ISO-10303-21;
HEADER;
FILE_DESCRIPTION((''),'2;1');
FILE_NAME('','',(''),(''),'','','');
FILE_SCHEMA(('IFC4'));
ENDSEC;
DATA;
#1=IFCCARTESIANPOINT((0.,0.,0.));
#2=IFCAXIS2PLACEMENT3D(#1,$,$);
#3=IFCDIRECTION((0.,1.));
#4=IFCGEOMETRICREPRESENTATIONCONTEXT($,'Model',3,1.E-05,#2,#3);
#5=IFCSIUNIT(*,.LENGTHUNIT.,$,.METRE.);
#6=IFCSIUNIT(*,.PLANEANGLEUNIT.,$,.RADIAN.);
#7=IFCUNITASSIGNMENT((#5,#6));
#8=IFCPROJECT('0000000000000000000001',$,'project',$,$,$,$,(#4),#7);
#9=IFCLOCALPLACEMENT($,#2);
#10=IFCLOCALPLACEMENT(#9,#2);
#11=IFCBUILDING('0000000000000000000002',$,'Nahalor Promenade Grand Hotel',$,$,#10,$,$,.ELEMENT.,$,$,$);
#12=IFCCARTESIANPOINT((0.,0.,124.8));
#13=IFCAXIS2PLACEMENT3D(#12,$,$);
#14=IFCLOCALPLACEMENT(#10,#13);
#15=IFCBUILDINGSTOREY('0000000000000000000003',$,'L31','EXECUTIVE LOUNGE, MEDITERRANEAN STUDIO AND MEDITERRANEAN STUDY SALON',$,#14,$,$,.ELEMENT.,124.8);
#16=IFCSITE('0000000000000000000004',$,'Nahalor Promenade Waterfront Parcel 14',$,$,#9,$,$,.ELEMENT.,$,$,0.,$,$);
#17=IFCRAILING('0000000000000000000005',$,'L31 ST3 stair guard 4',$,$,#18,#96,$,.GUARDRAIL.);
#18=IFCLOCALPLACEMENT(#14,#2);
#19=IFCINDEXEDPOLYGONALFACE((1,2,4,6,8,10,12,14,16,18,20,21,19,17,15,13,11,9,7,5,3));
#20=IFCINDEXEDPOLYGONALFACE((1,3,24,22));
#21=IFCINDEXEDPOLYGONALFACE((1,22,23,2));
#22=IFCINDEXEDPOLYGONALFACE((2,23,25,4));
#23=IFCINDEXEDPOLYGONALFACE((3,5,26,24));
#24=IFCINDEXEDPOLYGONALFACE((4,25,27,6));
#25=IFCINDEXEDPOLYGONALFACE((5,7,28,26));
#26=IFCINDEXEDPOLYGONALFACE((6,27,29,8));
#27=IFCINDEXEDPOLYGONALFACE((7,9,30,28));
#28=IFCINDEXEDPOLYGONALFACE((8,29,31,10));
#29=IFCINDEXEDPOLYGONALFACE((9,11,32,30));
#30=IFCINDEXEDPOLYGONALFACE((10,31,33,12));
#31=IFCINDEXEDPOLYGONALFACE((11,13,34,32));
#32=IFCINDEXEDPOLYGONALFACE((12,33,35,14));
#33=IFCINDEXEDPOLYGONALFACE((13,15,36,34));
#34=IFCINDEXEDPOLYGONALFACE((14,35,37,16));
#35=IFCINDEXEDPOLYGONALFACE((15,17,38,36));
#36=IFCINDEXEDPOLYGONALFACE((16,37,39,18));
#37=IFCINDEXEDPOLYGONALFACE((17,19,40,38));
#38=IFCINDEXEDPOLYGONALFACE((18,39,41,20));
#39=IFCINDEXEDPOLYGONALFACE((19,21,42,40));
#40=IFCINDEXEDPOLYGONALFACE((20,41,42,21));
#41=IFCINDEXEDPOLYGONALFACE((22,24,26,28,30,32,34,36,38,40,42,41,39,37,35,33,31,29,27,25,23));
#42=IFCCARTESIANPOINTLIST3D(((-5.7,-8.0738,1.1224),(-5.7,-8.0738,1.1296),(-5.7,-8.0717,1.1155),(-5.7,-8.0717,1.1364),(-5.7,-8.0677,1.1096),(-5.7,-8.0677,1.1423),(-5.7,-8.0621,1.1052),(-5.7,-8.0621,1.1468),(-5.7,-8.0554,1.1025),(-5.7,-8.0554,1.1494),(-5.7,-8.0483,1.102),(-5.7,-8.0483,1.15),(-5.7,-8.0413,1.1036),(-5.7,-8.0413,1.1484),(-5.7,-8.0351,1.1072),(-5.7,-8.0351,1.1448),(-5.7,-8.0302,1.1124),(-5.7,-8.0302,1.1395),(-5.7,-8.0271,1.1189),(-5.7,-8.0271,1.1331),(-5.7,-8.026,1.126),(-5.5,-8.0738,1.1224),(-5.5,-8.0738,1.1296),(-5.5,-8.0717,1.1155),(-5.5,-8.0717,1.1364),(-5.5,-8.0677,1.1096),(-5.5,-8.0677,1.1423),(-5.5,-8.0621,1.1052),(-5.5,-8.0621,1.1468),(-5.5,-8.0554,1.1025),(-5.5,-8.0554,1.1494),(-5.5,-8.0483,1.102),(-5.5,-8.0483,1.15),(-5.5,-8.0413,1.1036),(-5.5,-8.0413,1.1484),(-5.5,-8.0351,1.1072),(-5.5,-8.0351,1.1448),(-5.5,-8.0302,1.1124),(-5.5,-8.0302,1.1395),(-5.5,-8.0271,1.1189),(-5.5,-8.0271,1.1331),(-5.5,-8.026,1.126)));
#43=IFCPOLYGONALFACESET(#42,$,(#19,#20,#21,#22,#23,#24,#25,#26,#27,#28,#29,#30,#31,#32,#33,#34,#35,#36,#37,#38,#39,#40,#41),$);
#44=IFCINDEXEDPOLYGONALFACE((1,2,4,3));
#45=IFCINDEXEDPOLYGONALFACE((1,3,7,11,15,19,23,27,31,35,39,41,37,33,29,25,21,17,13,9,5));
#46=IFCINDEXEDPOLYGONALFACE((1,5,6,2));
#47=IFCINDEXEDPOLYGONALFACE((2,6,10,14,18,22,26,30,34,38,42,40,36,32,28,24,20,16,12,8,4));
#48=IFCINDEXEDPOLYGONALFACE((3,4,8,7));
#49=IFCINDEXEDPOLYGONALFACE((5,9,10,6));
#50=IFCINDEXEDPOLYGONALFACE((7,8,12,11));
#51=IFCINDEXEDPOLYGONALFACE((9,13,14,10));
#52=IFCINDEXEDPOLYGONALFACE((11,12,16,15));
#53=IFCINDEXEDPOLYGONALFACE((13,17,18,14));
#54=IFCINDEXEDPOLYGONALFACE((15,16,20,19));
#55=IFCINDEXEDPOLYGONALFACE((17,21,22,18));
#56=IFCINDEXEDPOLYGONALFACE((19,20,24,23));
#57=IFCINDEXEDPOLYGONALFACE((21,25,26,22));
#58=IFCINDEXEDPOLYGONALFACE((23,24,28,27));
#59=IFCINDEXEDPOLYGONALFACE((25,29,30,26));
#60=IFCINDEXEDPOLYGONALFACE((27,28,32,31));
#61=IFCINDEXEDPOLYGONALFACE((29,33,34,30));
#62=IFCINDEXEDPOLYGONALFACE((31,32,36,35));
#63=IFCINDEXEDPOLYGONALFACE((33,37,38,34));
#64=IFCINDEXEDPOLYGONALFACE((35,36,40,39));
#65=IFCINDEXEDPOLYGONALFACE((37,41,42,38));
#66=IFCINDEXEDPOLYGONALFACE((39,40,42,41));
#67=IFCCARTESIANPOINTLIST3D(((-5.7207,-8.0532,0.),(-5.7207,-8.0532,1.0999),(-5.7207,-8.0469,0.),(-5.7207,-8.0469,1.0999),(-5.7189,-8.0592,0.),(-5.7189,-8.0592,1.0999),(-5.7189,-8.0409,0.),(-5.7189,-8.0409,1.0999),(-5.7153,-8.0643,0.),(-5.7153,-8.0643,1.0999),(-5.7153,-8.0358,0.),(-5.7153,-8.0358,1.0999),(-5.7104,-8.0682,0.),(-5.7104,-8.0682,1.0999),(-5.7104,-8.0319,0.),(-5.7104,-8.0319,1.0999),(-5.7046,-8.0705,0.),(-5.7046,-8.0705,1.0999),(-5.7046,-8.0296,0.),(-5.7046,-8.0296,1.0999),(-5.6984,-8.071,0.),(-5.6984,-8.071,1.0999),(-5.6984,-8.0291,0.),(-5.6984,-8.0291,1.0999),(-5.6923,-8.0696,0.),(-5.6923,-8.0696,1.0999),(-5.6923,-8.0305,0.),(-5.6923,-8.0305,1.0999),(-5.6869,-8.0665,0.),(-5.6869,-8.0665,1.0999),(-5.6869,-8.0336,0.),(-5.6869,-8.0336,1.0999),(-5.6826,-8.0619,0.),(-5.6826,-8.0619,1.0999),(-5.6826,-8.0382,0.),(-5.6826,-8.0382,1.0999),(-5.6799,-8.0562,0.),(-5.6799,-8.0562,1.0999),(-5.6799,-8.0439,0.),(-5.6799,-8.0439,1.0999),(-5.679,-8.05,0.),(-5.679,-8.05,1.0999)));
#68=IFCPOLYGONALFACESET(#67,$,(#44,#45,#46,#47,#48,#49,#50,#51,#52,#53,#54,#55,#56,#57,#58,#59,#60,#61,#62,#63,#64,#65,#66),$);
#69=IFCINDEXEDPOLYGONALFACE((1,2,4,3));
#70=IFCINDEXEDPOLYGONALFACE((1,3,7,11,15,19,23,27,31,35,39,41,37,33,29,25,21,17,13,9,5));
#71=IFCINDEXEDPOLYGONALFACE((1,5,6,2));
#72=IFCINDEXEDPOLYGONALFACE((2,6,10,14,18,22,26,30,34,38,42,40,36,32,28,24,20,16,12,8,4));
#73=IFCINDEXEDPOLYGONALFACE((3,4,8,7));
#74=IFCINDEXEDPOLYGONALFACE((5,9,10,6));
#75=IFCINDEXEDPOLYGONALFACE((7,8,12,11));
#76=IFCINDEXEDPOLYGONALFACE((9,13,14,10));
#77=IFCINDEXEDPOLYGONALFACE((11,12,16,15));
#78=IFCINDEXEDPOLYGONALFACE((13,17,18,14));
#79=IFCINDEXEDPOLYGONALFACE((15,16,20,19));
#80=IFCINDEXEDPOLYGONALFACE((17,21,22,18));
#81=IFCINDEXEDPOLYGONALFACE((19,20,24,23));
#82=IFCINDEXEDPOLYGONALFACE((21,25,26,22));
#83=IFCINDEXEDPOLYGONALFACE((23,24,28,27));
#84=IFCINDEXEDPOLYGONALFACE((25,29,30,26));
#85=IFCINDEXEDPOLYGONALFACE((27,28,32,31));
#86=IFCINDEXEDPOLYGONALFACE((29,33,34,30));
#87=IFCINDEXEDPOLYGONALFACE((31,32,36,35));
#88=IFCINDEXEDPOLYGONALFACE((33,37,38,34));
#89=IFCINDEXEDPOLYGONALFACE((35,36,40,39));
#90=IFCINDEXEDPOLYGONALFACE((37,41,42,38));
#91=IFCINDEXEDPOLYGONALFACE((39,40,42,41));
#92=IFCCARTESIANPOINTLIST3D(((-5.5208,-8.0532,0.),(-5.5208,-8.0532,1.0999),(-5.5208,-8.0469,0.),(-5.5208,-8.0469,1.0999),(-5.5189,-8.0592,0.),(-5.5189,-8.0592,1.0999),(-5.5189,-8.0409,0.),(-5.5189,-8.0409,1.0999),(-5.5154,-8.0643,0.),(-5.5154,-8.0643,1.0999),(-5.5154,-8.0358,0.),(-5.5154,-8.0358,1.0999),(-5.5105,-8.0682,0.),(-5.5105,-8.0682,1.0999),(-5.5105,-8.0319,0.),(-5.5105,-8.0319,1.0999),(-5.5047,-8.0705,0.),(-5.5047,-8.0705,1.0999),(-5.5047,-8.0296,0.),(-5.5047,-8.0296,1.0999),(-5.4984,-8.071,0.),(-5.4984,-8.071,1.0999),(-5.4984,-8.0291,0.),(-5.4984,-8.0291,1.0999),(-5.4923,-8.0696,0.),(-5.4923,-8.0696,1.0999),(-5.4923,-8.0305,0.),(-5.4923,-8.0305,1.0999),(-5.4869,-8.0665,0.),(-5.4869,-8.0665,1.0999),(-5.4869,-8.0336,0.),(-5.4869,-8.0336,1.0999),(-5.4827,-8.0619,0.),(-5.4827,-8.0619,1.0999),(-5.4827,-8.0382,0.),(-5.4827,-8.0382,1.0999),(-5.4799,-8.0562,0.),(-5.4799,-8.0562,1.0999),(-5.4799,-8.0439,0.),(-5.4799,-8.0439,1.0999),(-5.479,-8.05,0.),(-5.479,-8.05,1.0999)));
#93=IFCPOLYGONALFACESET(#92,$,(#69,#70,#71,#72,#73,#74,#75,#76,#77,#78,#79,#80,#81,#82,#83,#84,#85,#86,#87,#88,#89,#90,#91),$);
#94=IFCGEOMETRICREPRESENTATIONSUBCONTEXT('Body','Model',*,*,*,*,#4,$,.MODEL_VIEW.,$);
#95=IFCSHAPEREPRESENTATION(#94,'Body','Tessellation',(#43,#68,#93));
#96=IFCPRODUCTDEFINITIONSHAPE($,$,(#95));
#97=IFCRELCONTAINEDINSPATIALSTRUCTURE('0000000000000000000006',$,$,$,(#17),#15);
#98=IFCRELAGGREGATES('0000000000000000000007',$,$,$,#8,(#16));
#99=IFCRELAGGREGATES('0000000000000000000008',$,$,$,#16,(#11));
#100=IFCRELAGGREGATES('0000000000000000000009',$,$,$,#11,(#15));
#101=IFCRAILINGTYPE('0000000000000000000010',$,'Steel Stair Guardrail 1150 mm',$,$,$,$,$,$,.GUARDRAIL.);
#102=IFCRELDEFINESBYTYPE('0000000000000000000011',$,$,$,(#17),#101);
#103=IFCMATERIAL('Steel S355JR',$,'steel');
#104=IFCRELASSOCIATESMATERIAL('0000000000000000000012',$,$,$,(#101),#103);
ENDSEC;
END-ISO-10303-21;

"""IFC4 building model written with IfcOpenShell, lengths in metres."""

from ifc_helpers import new_model, si_unit, direction, frame, origin, origin_2d, place, context, subcontext, project, spatial, circle, extrude, material, type_object, element, save


model = new_model("IFC4")

# Units and contexts
model_context = context("Model", 3, precision=1e-05, world=origin(), true_north=direction((0.0, 1.0)))
body_context = subcontext(model_context, "Body", "Model", "MODEL_VIEW")
ifc_project = project(units=[si_unit("LENGTHUNIT", "METRE"), si_unit("PLANEANGLEUNIT", "RADIAN")], contexts=[model_context])

# Site, building, storey
site_placement = place(None, origin())
site = spatial("IfcSite", under=ifc_project, at=site_placement, Name="Nahalor Promenade Waterfront Parcel 14", CompositionType="ELEMENT", RefElevation=0.0)
building_placement = place(site_placement, origin())
building = spatial("IfcBuilding", under=site, at=building_placement, Name="Nahalor Promenade Grand Hotel", CompositionType="ELEMENT")
storey_placement = place(building_placement, frame((0.0, 0.0, 124.8)))
storey = spatial("IfcBuildingStorey", under=building, at=storey_placement, Name="L31", Description="EXECUTIVE LOUNGE, MEDITERRANEAN STUDIO AND MEDITERRANEAN STUDY SALON", CompositionType="ELEMENT", Elevation=124.8)

# Shared definitions
ifc_material_1 = material(Name="Steel S355JR", Category="steel")

# Railing
railing_type_1 = type_object("IfcRailingType", Name="Steel Stair Guardrail 1150 mm", PredefinedType="GUARDRAIL", material=ifc_material_1)
railing_1_placement = place(storey_placement, frame((-5.7, -8.05, 0.0)))
element("IfcRailing", 1, at=railing_1_placement, inside=storey, type_object=railing_type_1, Name="L31 ST3 stair guard 4", PredefinedType="GUARDRAIL", context=body_context, shape_type="SweptSolid", body=[
    extrude(circle(Radius=0.024, at=origin_2d()), frame((0.0, 0.0, 1.126), z_axis=(1.0, 0.0, 0.0), x_axis=(0.0, 1.0, 0.0)), (0.0, 0.0, 1.0), 0.2),
    extrude(circle(Radius=0.021, at=origin_2d()), origin(), (0.0, 0.0, 1.0), 1.0999),
    extrude(circle(Radius=0.021, at=origin_2d()), frame((0.2, 0.0, 0.0)), (0.0, 0.0, 1.0), 1.0999),
])

save(model, "model.ifc")
